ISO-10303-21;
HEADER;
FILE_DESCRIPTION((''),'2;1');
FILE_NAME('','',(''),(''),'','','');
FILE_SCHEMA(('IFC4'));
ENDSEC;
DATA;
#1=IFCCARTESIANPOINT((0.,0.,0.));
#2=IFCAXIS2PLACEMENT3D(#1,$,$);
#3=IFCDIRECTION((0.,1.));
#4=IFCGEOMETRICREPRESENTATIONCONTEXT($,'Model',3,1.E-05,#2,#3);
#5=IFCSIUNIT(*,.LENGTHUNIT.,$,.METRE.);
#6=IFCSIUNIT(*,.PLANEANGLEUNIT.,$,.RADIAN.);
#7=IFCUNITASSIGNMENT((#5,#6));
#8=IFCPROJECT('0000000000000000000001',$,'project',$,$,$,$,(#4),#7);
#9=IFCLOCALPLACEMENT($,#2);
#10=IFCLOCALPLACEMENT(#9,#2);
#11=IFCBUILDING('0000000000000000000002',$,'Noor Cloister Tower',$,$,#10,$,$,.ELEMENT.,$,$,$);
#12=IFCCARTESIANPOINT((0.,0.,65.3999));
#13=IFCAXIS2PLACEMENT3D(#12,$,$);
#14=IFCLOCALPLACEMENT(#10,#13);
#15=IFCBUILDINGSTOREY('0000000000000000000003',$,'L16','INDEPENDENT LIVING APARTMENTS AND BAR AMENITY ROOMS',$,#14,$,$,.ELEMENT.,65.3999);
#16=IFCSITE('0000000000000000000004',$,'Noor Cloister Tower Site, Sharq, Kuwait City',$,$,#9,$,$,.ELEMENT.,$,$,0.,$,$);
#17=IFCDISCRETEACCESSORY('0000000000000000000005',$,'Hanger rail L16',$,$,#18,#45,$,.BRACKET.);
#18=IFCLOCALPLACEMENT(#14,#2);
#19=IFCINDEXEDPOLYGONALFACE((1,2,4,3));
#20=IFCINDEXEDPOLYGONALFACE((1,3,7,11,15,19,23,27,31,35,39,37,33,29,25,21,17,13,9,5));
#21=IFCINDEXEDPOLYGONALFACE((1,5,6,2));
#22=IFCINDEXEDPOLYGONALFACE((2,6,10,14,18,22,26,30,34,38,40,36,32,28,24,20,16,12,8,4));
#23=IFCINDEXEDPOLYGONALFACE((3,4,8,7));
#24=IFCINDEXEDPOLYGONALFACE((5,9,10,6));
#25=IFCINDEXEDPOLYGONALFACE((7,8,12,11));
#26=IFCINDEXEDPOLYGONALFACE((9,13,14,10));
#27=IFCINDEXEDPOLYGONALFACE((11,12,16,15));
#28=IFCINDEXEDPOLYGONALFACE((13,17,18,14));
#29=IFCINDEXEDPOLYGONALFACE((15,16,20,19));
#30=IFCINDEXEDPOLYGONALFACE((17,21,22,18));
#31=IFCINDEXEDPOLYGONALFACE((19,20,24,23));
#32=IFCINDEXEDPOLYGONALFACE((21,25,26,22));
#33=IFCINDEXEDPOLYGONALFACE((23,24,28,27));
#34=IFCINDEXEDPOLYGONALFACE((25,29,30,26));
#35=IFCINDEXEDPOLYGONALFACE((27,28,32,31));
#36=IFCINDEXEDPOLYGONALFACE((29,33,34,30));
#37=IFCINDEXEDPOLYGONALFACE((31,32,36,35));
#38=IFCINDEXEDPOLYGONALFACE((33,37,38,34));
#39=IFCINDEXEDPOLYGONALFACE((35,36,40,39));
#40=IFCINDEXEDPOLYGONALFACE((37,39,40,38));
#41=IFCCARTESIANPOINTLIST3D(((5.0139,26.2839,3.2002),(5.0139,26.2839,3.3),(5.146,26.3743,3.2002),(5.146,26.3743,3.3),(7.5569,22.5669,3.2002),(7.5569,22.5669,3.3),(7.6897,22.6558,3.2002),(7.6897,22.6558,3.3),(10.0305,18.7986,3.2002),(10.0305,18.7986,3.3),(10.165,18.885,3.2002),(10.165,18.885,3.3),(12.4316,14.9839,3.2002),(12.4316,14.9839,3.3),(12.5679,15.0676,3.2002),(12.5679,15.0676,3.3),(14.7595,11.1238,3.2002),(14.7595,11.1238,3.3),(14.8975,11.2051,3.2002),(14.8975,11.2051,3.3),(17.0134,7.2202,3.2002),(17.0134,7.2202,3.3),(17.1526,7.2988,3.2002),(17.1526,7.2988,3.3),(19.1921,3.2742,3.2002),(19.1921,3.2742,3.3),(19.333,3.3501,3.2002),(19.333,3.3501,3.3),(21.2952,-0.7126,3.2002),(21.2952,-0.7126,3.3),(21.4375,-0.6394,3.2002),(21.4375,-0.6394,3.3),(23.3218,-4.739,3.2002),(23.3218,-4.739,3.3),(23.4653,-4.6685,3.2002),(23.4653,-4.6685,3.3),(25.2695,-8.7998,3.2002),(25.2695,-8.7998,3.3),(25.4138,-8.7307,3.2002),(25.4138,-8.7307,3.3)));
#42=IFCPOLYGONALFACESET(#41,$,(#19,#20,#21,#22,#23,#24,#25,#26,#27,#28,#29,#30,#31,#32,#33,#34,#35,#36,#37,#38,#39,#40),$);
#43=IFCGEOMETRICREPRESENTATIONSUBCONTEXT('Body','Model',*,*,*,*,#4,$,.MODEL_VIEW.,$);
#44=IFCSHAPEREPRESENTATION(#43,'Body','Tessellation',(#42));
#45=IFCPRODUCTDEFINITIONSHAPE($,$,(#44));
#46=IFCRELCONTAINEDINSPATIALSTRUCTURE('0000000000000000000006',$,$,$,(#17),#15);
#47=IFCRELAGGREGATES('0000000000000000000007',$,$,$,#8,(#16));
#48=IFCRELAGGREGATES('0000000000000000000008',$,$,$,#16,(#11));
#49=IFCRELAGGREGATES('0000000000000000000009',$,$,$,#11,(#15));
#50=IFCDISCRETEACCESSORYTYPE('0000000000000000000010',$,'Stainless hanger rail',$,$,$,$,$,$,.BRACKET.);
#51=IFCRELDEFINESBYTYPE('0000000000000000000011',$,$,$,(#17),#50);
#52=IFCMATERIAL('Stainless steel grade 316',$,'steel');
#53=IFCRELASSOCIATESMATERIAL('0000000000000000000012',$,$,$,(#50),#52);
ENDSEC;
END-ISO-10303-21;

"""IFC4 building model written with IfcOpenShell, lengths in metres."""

from ifc_helpers import new_model, si_unit, direction, frame, origin, place, context, subcontext, project, spatial, polyline, outline, extrude, material, type_object, element, save


model = new_model("IFC4")

# Units and contexts
model_context = context("Model", 3, precision=1e-05, world=origin(), true_north=direction((0.0, 1.0)))
body_context = subcontext(model_context, "Body", "Model", "MODEL_VIEW")
ifc_project = project(units=[si_unit("LENGTHUNIT", "METRE"), si_unit("PLANEANGLEUNIT", "RADIAN")], contexts=[model_context])

# Site, building, storey
site_placement = place(None, origin())
site = spatial("IfcSite", under=ifc_project, at=site_placement, Name="Noor Cloister Tower Site, Sharq, Kuwait City", CompositionType="ELEMENT", RefElevation=0.0)
building_placement = place(site_placement, origin())
building = spatial("IfcBuilding", under=site, at=building_placement, Name="Noor Cloister Tower", CompositionType="ELEMENT")
storey_placement = place(building_placement, frame((0.0, 0.0, 65.3999)))
storey = spatial("IfcBuildingStorey", under=building, at=storey_placement, Name="L16", Description="INDEPENDENT LIVING APARTMENTS AND BAR AMENITY ROOMS", CompositionType="ELEMENT", Elevation=65.3999)

# Discrete accessory
ifc_material_1 = material(Name="Stainless steel grade 316", Category="steel")
discrete_accessory_type = type_object("IfcDiscreteAccessoryType", Name="Stainless hanger rail", PredefinedType="BRACKET", material=ifc_material_1)
discrete_accessory_1_placement = place(storey_placement, frame((0.0, 0.0, 3.2002)))
element("IfcDiscreteAccessory", 1, at=discrete_accessory_1_placement, inside=storey, type_object=discrete_accessory_type, Name="Hanger rail L16", PredefinedType="BRACKET", context=body_context, shape_type="SweptSolid", body=[
    extrude(outline(polyline([(25.4138, -8.7307), (23.4653, -4.6685), (21.4375, -0.6394), (19.333, 3.3501), (17.1526, 7.2988), (14.8975, 11.2051), (12.5679, 15.0676), (10.165, 18.885), (7.6897, 22.6558), (5.146, 26.3743), (5.0139, 26.2839), (7.5569, 22.5669), (10.0305, 18.7986), (12.4316, 14.9839), (14.7595, 11.1238), (17.0134, 7.2202), (19.1921, 3.2742), (21.2952, -0.7126), (23.3218, -4.739), (25.2695, -8.7998), (25.4138, -8.7307)])), origin(), (0.0, 0.0, 1.0), 0.0999),
])

save(model, "model.ifc")
